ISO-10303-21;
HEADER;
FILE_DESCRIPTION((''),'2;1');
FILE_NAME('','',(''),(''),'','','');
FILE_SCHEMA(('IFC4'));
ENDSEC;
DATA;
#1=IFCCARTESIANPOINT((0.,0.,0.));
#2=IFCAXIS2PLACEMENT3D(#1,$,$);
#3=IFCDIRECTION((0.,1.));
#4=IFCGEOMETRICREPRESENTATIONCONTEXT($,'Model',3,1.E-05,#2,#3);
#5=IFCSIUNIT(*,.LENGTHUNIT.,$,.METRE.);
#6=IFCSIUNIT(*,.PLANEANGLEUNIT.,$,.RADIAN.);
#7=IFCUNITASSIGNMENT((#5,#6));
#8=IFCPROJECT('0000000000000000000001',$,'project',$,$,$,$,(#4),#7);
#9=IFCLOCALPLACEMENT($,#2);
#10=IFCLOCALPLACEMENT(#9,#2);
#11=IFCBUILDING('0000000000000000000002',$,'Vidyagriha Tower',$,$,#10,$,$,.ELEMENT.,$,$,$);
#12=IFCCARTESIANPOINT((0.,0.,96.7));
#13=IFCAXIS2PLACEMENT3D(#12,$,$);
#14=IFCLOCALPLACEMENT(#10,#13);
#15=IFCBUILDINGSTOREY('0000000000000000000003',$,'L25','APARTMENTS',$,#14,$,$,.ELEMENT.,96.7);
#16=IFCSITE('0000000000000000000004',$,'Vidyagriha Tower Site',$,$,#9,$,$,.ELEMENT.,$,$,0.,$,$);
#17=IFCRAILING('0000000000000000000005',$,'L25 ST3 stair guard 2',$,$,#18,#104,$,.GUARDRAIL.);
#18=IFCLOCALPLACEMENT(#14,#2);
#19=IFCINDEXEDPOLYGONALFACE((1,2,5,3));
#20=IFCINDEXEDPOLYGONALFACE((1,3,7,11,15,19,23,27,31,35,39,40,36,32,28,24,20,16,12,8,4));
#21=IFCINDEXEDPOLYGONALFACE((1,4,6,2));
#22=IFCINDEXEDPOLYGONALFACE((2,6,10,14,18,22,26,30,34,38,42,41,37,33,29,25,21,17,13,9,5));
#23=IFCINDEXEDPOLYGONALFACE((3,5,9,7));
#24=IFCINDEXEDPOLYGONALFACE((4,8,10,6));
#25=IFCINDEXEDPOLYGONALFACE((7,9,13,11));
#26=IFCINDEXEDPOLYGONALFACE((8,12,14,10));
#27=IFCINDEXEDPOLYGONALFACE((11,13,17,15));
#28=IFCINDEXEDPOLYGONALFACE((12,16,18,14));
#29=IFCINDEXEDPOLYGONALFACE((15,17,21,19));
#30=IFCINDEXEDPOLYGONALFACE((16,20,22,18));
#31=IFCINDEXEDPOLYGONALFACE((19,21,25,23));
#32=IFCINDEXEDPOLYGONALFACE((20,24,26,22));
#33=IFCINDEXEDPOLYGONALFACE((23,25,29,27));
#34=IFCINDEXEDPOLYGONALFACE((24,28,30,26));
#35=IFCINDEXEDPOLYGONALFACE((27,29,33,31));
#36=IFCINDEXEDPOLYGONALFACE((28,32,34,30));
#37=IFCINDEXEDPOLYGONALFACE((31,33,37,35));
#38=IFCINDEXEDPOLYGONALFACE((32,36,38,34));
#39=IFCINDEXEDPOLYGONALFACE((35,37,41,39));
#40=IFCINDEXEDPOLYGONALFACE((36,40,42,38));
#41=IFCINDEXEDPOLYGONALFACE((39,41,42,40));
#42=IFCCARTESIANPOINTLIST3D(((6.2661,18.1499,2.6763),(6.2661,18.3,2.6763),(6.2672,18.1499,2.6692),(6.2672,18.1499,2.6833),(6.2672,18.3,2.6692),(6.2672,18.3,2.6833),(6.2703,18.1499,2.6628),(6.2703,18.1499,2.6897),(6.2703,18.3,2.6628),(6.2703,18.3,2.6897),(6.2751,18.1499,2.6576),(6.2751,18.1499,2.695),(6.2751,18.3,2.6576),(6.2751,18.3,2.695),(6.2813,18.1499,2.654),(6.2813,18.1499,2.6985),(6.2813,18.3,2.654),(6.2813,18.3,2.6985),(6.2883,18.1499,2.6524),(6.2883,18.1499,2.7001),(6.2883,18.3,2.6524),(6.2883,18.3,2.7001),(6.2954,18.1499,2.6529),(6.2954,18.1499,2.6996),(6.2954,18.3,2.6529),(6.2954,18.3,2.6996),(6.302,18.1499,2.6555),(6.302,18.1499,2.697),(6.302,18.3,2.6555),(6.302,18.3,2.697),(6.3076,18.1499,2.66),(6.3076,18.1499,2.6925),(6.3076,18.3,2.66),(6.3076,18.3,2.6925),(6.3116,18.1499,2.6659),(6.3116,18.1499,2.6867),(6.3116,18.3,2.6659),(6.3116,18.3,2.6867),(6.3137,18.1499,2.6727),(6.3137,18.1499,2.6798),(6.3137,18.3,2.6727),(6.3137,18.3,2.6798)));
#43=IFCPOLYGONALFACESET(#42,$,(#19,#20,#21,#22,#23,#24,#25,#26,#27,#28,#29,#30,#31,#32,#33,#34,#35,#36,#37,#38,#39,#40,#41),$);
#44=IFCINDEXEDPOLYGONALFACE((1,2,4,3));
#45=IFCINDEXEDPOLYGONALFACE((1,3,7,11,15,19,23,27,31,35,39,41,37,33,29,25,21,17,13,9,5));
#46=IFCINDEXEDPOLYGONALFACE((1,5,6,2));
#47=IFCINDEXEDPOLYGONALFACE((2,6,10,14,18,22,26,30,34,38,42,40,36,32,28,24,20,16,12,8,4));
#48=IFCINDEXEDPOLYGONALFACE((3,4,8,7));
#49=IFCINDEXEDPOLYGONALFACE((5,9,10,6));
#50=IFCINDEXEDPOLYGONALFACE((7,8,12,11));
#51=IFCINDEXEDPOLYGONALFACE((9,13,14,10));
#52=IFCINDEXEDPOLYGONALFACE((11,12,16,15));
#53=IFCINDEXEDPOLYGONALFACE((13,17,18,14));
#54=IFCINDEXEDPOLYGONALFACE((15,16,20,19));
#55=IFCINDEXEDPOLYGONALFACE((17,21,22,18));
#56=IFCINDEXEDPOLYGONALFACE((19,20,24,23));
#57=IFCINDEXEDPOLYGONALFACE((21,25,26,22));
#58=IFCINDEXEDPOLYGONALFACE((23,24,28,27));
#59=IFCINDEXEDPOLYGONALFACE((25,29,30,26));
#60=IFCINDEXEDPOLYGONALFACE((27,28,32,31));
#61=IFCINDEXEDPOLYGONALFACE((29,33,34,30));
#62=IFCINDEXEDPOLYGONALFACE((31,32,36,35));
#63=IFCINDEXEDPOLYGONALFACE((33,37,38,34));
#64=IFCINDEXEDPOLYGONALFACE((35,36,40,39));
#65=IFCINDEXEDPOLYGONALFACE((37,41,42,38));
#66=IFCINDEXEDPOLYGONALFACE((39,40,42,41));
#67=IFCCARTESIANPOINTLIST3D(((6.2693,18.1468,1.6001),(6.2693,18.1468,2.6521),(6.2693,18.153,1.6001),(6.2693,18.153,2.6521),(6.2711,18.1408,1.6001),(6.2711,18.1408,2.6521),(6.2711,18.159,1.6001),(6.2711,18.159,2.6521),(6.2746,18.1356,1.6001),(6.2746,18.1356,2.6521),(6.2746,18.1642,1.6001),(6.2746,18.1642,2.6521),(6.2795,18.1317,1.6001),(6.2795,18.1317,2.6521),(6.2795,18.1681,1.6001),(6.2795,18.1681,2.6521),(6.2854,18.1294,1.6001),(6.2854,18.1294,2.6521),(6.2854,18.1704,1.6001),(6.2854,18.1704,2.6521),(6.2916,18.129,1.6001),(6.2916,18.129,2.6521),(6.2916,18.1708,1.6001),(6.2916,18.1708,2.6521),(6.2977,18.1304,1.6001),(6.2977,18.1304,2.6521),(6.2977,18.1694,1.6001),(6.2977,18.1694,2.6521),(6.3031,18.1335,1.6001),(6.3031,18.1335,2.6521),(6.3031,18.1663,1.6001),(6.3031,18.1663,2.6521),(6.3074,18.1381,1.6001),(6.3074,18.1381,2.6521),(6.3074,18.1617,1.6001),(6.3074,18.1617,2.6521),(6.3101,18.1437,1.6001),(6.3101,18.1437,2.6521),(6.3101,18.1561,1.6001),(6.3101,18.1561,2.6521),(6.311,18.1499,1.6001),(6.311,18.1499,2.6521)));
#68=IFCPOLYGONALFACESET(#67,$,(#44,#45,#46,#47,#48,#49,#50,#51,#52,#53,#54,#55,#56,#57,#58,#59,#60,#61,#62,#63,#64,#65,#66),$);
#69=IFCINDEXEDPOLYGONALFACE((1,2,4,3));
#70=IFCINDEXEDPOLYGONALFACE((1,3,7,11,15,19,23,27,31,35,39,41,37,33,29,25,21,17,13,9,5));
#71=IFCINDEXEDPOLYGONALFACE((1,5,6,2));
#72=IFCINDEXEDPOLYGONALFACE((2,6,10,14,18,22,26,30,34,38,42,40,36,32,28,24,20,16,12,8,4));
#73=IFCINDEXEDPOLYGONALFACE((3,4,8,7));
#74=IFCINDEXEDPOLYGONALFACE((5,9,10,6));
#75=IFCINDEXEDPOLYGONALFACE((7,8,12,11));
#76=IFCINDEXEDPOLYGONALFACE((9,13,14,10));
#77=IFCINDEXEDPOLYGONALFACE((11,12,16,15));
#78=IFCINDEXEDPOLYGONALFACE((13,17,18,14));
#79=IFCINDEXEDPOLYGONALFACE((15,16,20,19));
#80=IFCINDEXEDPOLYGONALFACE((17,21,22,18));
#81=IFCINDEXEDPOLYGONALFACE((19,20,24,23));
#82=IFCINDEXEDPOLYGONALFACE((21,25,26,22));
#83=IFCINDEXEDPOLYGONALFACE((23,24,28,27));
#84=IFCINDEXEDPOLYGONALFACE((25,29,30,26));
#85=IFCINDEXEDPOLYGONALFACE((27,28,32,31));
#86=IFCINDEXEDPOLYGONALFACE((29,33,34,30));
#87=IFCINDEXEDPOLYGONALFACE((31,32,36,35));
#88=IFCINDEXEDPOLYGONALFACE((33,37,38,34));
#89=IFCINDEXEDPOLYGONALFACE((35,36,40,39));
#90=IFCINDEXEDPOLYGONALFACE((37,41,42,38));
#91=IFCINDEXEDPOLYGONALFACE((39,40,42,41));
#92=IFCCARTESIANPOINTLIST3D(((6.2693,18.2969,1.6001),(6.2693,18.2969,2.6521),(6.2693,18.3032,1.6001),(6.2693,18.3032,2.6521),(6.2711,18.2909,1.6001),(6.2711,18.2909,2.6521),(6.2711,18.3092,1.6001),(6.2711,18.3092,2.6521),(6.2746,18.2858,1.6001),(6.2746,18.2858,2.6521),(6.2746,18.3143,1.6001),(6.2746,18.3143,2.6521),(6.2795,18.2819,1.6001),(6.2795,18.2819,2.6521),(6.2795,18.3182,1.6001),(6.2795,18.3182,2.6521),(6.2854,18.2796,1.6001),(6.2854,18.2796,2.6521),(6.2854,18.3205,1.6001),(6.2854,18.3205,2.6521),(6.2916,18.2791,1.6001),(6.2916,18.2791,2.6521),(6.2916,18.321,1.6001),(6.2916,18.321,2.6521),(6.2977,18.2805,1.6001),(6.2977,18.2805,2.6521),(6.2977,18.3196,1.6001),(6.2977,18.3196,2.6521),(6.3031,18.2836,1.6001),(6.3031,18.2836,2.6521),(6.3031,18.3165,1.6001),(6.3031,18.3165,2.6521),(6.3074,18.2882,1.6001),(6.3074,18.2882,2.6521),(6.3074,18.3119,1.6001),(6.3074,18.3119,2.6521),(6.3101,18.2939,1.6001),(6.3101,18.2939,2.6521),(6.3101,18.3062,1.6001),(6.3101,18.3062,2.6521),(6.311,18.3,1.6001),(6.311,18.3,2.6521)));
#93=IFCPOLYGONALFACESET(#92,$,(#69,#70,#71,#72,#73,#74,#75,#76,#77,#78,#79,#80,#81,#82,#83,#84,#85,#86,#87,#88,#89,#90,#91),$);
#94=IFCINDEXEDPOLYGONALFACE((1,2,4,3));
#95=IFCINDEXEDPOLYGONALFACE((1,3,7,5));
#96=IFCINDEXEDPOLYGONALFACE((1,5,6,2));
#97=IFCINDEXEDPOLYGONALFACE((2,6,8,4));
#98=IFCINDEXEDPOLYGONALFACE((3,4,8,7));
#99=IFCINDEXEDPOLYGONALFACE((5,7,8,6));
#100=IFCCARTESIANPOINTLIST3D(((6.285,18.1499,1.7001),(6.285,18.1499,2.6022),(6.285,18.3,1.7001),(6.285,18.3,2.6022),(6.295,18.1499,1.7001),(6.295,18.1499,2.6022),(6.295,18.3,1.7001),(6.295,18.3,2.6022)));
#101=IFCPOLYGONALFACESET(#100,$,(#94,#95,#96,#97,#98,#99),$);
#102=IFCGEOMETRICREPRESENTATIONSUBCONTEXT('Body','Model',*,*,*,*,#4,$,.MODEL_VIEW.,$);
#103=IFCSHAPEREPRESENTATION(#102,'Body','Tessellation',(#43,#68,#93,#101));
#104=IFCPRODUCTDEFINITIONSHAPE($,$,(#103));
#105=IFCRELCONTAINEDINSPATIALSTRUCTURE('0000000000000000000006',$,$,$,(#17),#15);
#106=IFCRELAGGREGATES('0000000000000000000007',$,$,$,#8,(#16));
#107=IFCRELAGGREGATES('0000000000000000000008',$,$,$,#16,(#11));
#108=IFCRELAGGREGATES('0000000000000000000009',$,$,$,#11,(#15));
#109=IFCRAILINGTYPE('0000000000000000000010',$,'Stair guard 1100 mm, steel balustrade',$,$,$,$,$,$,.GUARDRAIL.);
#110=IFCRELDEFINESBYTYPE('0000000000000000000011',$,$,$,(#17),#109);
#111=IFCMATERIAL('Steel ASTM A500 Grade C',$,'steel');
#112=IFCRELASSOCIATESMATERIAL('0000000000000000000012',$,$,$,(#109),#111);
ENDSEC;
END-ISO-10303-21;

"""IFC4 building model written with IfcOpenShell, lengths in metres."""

from ifc_helpers import new_model, si_unit, direction, frame, origin, origin_2d, place, context, subcontext, project, spatial, rectangle, circle, extrude, material, type_object, element, save


model = new_model("IFC4")

# Units and contexts
model_context = context("Model", 3, precision=1e-05, world=origin(), true_north=direction((0.0, 1.0)))
body_context = subcontext(model_context, "Body", "Model", "MODEL_VIEW")
ifc_project = project(units=[si_unit("LENGTHUNIT", "METRE"), si_unit("PLANEANGLEUNIT", "RADIAN")], contexts=[model_context])

# Site, building, storey
site_placement = place(None, origin())
site = spatial("IfcSite", under=ifc_project, at=site_placement, Name="Vidyagriha Tower Site", CompositionType="ELEMENT", RefElevation=0.0)
building_placement = place(site_placement, origin())
building = spatial("IfcBuilding", under=site, at=building_placement, Name="Vidyagriha Tower", CompositionType="ELEMENT")
storey_placement = place(building_placement, frame((0.0, 0.0, 96.7)))
storey = spatial("IfcBuildingStorey", under=building, at=storey_placement, Name="L25", Description="APARTMENTS", CompositionType="ELEMENT", Elevation=96.7)

# Railing
ifc_material_1 = material(Name="Steel ASTM A500 Grade C", Category="steel")
railing_type_1 = type_object("IfcRailingType", Name="Stair guard 1100 mm, steel balustrade", PredefinedType="GUARDRAIL", material=ifc_material_1)
railing_1_placement = place(storey_placement, frame((6.29, 18.1499, 1.6001)))
element("IfcRailing", 1, at=railing_1_placement, inside=storey, type_object=railing_type_1, Name="L25 ST3 stair guard 2", PredefinedType="GUARDRAIL", context=body_context, shape_type="SweptSolid", body=[
    extrude(circle(Radius=0.0239, at=origin_2d()), frame((0.0, 0.0, 1.0762), z_axis=(0.0, 1.0, 0.0), x_axis=(-1.0, 0.0, 0.0)), (0.0, 0.0, 1.0), 0.1501),
    extrude(circle(Radius=0.021, at=origin_2d()), origin(), (0.0, 0.0, 1.0), 1.052),
    extrude(circle(Radius=0.021, at=origin_2d()), frame((0.0, 0.1501, 0.0)), (0.0, 0.0, 1.0), 1.052),
    extrude(rectangle(XDim=0.01, YDim=0.9021, at=origin_2d()), frame((0.0, 0.0, 0.551), z_axis=(0.0, 1.0, 0.0), x_axis=(-1.0, 0.0, 0.0)), (0.0, 0.0, 1.0), 0.1501),
])

save(model, "model.ifc")
